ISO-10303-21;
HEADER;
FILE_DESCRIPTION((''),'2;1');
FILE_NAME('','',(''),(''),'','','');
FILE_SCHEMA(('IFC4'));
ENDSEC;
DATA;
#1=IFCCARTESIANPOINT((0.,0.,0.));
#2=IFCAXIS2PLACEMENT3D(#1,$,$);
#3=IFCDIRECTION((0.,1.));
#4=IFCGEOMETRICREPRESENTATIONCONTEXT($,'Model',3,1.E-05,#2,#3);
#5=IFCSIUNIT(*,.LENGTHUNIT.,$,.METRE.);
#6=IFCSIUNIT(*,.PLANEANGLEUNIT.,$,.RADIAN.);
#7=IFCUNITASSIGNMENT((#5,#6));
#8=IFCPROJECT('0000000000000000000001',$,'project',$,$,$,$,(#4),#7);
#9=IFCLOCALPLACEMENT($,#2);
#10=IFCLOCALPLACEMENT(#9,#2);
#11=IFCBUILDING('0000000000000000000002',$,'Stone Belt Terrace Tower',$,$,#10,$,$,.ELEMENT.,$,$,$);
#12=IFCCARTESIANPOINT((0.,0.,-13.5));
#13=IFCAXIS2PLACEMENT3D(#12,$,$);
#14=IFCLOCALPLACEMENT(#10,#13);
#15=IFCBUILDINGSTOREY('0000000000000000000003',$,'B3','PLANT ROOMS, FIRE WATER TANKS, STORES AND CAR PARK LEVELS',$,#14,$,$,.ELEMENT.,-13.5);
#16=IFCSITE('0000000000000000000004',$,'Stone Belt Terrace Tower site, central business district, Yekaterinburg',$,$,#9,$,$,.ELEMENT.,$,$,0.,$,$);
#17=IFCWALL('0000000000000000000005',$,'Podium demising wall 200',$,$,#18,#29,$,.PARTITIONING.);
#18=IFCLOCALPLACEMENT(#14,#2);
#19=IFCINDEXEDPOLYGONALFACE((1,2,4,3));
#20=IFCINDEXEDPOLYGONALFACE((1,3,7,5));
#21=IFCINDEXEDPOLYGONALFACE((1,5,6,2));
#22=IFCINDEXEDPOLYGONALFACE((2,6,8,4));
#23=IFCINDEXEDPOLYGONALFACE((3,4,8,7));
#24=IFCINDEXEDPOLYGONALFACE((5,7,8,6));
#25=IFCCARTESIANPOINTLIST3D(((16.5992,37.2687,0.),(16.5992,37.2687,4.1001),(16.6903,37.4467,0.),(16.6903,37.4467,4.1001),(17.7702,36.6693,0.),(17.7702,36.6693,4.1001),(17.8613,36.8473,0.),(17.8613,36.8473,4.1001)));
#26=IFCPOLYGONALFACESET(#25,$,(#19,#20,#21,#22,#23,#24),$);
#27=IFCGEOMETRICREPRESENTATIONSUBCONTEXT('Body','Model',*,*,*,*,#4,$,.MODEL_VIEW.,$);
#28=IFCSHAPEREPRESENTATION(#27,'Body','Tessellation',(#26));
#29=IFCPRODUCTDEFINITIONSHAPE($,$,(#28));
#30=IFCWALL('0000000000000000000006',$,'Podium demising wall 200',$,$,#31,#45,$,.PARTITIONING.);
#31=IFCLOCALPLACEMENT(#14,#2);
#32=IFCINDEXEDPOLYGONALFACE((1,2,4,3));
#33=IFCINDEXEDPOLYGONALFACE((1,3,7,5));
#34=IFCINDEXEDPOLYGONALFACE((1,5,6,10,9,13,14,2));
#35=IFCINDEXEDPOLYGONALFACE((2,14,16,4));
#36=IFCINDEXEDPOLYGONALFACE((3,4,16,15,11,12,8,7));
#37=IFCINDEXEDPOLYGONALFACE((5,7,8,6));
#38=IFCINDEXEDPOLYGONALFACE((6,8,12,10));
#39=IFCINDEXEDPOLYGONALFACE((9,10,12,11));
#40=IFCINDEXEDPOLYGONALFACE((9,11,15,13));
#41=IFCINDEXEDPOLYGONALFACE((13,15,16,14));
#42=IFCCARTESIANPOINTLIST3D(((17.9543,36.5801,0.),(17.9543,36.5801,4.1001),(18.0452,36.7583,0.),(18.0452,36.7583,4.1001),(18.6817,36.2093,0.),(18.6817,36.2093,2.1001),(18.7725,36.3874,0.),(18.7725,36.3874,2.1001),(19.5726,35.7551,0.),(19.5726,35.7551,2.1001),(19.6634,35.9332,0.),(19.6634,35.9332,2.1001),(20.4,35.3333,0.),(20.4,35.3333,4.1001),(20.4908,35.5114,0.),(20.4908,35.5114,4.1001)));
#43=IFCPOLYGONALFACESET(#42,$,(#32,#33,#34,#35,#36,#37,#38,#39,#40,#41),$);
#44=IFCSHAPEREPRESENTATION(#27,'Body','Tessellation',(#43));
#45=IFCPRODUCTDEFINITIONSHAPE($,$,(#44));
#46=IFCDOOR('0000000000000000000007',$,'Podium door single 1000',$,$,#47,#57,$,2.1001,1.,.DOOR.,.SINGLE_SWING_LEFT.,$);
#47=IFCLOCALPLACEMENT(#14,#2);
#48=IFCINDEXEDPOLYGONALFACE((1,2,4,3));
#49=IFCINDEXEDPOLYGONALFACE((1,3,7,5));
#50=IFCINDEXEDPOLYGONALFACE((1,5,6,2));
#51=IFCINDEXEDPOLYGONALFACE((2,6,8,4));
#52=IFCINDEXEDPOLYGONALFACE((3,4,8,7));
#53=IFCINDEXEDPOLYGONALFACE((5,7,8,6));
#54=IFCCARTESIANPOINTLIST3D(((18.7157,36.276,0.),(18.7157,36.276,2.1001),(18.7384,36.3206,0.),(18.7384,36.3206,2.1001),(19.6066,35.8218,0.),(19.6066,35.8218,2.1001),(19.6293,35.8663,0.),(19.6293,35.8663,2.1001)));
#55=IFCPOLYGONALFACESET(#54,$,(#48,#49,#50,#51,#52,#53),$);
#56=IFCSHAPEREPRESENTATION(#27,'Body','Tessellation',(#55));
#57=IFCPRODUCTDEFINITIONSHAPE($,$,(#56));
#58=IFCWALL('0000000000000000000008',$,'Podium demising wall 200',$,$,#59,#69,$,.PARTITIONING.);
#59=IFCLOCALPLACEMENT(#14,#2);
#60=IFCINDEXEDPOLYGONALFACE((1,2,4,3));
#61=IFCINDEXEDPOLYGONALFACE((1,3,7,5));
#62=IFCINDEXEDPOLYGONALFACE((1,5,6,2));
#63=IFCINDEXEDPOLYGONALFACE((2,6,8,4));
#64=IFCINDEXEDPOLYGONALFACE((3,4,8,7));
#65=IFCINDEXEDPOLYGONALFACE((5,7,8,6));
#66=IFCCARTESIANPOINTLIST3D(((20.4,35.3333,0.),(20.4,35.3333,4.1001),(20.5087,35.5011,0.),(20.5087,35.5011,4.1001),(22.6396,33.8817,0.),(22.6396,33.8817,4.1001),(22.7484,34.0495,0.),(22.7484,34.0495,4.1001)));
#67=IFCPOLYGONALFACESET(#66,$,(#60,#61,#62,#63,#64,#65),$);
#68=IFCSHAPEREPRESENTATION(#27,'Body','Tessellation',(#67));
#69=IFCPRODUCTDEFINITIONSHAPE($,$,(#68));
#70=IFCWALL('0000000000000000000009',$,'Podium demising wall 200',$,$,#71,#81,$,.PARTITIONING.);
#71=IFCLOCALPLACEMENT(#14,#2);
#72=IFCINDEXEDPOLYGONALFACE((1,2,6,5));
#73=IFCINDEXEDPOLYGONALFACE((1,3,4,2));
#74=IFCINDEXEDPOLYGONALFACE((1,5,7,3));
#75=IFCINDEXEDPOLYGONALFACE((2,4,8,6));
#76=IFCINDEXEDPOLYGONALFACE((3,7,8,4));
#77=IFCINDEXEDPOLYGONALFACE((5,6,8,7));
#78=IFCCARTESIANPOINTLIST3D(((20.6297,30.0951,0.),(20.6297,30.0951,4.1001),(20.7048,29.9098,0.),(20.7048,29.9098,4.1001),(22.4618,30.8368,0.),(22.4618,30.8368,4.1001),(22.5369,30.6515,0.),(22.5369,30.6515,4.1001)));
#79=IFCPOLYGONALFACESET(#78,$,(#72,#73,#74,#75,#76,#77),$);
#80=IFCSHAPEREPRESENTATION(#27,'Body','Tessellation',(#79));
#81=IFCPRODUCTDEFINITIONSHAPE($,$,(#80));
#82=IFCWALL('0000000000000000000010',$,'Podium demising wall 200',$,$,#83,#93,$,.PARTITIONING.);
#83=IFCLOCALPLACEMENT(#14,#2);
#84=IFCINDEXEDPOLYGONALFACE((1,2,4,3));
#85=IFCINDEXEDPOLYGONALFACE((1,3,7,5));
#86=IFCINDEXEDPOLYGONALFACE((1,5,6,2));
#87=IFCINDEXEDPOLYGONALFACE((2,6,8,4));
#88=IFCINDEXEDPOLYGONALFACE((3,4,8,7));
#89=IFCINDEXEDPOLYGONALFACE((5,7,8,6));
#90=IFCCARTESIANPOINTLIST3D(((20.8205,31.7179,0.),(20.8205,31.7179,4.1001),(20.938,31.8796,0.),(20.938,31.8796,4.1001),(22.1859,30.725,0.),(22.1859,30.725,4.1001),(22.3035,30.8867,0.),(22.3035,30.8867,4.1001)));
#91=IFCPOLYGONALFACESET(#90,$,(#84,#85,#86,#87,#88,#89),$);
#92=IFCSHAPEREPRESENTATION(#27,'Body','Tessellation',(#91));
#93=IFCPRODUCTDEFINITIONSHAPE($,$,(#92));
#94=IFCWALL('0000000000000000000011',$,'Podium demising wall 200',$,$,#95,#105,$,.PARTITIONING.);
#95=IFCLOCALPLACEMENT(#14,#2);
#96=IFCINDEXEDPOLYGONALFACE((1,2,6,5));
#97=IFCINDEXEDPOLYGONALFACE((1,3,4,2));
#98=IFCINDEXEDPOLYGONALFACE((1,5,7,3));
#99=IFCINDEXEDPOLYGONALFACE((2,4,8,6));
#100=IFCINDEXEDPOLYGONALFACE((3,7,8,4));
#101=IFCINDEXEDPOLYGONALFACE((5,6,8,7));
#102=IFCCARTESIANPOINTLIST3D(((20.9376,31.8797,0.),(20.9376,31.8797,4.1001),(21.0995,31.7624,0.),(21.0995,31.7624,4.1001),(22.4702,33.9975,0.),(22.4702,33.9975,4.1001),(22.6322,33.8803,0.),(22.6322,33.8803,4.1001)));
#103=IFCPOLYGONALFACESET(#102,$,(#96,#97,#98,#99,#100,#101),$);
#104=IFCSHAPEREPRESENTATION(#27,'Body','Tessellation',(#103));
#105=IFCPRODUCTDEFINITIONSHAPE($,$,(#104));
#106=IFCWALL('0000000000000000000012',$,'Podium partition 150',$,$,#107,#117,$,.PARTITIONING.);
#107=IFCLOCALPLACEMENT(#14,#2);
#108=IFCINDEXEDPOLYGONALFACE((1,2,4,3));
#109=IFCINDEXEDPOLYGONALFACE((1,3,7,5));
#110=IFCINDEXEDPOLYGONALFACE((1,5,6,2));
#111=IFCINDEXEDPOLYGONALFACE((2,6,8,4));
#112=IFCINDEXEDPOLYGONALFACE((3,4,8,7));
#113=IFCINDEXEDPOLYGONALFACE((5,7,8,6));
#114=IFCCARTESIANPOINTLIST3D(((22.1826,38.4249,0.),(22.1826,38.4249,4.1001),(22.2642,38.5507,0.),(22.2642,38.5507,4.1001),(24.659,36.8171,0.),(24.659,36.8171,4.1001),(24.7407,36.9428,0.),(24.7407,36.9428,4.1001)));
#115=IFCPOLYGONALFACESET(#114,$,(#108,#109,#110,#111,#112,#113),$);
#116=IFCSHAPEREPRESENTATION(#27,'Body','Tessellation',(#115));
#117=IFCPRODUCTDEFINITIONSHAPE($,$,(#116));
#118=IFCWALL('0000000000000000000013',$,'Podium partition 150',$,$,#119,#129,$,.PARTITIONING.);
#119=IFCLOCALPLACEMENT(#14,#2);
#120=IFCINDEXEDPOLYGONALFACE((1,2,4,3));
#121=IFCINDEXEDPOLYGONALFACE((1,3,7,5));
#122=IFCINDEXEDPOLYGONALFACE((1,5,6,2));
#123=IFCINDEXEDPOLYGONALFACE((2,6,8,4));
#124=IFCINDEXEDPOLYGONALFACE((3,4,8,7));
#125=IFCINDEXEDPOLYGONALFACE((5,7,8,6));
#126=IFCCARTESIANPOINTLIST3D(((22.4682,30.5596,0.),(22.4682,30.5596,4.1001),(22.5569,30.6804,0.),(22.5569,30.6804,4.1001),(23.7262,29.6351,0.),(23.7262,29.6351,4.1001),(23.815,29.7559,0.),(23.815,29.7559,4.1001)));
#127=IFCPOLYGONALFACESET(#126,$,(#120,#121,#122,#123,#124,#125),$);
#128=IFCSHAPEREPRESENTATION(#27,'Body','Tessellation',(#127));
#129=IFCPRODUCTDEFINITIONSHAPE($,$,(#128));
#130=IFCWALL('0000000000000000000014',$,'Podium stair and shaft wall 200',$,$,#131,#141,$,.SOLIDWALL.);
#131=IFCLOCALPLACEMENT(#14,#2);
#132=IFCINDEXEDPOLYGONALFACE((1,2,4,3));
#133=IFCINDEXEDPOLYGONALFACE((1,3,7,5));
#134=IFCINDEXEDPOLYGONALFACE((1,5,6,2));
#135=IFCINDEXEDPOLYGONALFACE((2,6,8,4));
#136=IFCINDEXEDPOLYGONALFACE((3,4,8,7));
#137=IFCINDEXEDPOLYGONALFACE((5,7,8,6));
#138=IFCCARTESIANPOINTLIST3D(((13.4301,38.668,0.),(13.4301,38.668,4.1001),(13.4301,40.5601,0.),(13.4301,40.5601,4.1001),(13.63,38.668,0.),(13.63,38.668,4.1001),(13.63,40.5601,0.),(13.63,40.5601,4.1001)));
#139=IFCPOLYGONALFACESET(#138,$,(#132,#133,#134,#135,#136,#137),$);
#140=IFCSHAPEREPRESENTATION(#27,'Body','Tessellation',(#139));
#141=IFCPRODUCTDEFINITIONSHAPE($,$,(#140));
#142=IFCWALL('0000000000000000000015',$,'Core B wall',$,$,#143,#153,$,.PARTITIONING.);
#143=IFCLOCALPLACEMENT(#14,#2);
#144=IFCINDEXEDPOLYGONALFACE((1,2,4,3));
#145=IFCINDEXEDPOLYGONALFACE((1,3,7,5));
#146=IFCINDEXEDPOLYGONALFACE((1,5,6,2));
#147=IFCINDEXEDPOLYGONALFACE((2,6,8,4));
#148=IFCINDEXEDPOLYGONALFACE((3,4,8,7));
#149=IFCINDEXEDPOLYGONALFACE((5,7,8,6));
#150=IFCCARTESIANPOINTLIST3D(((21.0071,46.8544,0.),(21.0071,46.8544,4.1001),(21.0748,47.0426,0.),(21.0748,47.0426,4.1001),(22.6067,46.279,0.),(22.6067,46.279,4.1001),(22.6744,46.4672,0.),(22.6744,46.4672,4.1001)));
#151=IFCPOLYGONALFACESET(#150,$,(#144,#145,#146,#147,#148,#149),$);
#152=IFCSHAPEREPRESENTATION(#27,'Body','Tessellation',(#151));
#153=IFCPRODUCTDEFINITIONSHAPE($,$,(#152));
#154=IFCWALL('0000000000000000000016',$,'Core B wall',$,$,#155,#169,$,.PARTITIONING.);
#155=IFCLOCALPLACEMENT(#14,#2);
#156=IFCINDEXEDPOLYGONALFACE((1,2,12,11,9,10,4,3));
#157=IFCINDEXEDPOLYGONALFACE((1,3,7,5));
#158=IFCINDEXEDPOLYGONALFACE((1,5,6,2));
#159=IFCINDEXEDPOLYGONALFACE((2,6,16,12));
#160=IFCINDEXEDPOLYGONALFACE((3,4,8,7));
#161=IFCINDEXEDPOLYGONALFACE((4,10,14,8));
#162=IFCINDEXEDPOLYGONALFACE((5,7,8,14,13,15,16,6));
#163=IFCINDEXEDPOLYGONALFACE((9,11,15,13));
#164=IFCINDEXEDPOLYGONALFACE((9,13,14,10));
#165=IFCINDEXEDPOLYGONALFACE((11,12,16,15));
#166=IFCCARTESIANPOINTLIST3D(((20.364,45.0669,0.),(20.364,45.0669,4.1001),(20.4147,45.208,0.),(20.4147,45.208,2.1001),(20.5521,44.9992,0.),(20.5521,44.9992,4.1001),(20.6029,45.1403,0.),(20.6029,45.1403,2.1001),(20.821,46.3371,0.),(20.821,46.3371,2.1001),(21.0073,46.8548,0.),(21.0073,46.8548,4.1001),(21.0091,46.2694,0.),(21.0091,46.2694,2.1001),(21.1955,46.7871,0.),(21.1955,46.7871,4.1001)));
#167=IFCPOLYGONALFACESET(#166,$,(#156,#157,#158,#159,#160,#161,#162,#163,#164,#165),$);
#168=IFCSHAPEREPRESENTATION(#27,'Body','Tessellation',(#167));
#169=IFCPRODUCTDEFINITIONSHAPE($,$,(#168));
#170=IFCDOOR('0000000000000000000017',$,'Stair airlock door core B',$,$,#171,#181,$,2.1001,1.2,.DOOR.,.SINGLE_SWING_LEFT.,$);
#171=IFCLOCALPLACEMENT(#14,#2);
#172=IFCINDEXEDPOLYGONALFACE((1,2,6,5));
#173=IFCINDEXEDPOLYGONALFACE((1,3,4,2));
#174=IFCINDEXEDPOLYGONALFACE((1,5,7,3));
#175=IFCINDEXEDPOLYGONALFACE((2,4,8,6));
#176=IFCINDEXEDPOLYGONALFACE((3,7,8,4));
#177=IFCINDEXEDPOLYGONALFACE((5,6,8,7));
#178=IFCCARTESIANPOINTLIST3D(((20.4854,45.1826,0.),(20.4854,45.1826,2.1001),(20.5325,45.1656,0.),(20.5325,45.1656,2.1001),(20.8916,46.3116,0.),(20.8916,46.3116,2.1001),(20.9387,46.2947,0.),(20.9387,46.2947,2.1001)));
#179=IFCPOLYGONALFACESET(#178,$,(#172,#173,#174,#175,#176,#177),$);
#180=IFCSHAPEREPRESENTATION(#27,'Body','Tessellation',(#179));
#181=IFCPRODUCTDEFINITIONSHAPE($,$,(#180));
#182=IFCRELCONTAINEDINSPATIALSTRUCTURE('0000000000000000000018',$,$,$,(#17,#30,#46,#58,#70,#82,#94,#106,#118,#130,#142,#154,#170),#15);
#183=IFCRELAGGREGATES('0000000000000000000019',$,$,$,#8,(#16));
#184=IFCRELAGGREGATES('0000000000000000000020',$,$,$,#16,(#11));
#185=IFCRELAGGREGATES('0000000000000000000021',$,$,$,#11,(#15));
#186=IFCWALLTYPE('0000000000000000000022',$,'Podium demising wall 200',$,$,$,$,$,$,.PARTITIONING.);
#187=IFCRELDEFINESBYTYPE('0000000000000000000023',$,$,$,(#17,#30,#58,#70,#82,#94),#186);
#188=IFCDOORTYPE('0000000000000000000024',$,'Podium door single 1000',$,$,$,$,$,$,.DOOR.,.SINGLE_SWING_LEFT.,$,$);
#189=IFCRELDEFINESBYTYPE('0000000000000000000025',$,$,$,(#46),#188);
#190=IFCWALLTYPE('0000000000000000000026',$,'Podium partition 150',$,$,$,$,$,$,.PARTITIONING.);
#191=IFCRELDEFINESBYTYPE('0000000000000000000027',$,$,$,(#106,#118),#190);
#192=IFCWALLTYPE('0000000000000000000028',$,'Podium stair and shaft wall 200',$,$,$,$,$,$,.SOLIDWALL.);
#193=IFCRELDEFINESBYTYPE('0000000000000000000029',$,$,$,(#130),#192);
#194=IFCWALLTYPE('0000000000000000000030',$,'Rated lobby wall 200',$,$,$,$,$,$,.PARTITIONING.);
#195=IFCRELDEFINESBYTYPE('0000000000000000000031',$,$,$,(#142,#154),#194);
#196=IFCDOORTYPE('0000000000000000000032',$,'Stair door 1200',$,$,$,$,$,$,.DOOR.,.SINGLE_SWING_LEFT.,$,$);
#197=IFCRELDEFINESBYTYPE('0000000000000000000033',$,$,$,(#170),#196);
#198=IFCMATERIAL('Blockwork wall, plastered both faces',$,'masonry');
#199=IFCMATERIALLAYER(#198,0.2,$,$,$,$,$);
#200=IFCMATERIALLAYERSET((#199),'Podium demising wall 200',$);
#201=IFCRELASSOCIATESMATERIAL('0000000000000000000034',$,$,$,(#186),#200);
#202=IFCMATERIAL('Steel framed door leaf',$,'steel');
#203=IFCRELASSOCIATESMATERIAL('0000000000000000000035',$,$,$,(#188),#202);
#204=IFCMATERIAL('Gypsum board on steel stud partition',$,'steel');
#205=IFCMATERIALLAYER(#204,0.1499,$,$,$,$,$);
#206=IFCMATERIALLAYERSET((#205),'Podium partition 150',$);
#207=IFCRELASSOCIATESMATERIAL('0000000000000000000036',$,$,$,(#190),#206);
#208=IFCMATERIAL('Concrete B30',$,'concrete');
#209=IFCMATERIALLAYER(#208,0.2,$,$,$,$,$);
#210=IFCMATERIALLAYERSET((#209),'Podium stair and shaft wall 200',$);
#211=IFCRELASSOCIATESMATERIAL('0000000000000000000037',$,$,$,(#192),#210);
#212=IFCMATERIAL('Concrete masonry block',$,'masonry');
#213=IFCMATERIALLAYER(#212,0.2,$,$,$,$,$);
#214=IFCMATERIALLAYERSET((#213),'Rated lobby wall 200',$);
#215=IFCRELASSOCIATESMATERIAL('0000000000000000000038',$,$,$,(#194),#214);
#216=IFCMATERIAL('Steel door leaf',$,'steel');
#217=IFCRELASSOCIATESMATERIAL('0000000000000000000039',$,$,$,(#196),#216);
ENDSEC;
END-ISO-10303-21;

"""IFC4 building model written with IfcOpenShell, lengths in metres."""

from ifc_helpers import new_model, si_unit, direction, frame, frame_2d, origin, place, context, subcontext, project, spatial, rectangle, extrude, material, layer, layer_set, type_object, element, fill, save


model = new_model("IFC4")

# Units and contexts
model_context = context("Model", 3, precision=1e-05, world=origin(), true_north=direction((0.0, 1.0)))
body_context = subcontext(model_context, "Body", "Model", "MODEL_VIEW")
ifc_project = project(units=[si_unit("LENGTHUNIT", "METRE"), si_unit("PLANEANGLEUNIT", "RADIAN")], contexts=[model_context])

# Site, building, storey
site_placement = place(None, origin())
site = spatial("IfcSite", under=ifc_project, at=site_placement, Name="Stone Belt Terrace Tower site, central business district, Yekaterinburg", CompositionType="ELEMENT", RefElevation=0.0)
building_placement = place(site_placement, origin())
building = spatial("IfcBuilding", under=site, at=building_placement, Name="Stone Belt Terrace Tower", CompositionType="ELEMENT")
storey_placement = place(building_placement, frame((0.0, 0.0, -13.5)))
storey = spatial("IfcBuildingStorey", under=building, at=storey_placement, Name="B3", Description="PLANT ROOMS, FIRE WATER TANKS, STORES AND CAR PARK LEVELS", CompositionType="ELEMENT", Elevation=-13.5)

# Wall
ifc_material_1 = material(Name="Blockwork wall, plastered both faces", Category="masonry")
ifc_layer_1 = layer(ifc_material_1, 0.2)
ifc_layer_set_1 = layer_set([ifc_layer_1], Name="Podium demising wall 200")
wall_type_1 = type_object("IfcWallType", Name="Podium demising wall 200", PredefinedType="PARTITIONING", material=ifc_layer_set_1)
wall_1_placement = place(storey_placement, frame((16.6448, 37.3577, 0.0), z_axis=(0.0, 0.0, 1.0), x_axis=(0.890155, -0.455657, 0.0)))
element("IfcWall", 1, at=wall_1_placement, inside=storey, type_object=wall_type_1, Name="Podium demising wall 200", PredefinedType="PARTITIONING", context=body_context, shape_type="SweptSolid", body=[
    extrude(rectangle(XDim=1.3154, YDim=0.2, at=frame_2d((0.6577, 0.0))), origin(), (0.0, 0.0, 1.0), 4.1001),
])

# Wall, opening, door
wall_2_placement = place(storey_placement, frame((17.9998, 36.6692, 0.0), z_axis=(0.0, 0.0, 1.0), x_axis=(0.890896, -0.454208, 0.0)))
wall_2 = element("IfcWall", 2, at=wall_2_placement, inside=storey, type_object=wall_type_1, Name="Podium demising wall 200", PredefinedType="PARTITIONING", context=body_context, shape_type="SweptSolid", body=[
    extrude(rectangle(XDim=2.7451, YDim=0.2, at=frame_2d((1.3726, 0.0))), origin(), (0.0, 0.0, 1.0), 4.1001),
])
opening_1_placement = place(wall_2_placement, frame((0.8164, 0.0, 0.0)))
opening_1 = element("IfcOpeningElement", 3, at=opening_1_placement, cuts=wall_2, PredefinedType="OPENING", context=body_context, shape_type="SweptSolid", body=[
    extrude(rectangle(XDim=1.0, YDim=2.1001, at=frame_2d((0.5, 1.05))), frame((0.0, 0.1099, 0.0), z_axis=(0.0, -1.0, 0.0), x_axis=(1.0, 0.0, 0.0)), (0.0, 0.0, 1.0), 0.22),
])
ifc_material_2 = material(Name="Steel framed door leaf", Category="steel")
door_type_1 = type_object("IfcDoorType", Name="Podium door single 1000", OperationType="SINGLE_SWING_LEFT", PredefinedType="DOOR", material=ifc_material_2)
door_1_placement = place(opening_1_placement, origin())
door_1 = element("IfcDoor", 4, at=door_1_placement, inside=storey, type_object=door_type_1, Name="Podium door single 1000", OperationType="SINGLE_SWING_LEFT", OverallHeight=2.1001, OverallWidth=1.0, PredefinedType="DOOR", context=body_context, shape_type="SweptSolid", body=[
    extrude(rectangle(XDim=1.0, YDim=2.1001, at=frame_2d((0.5, 1.05))), frame((0.0, 0.0249, 0.0), z_axis=(0.0, -1.0, 0.0), x_axis=(1.0, 0.0, 0.0)), (0.0, 0.0, 1.0), 0.05),
])
fill(opening_1, door_1)

# Walls
wall_3_placement = place(storey_placement, frame((20.4543, 35.4172, 0.0), z_axis=(0.0, 0.0, 1.0), x_axis=(0.839158, -0.543888, 0.0)))
element("IfcWall", 5, at=wall_3_placement, inside=storey, type_object=wall_type_1, Name="Podium demising wall 200", PredefinedType="PARTITIONING", context=body_context, shape_type="SweptSolid", body=[
    extrude(rectangle(XDim=2.6689, YDim=0.2, at=frame_2d((1.3345, 0.0))), origin(), (0.0, 0.0, 1.0), 4.1001),
])
wall_4_placement = place(storey_placement, frame((20.6672, 30.0024, 0.0), z_axis=(0.0, 0.0, 1.0), x_axis=(0.926918, 0.375264, 0.0)))
element("IfcWall", 6, at=wall_4_placement, inside=storey, type_object=wall_type_1, Name="Podium demising wall 200", PredefinedType="PARTITIONING", context=body_context, shape_type="SweptSolid", body=[
    extrude(rectangle(XDim=1.9766, YDim=0.2, at=frame_2d((0.9883, 0.0))), origin(), (0.0, 0.0, 1.0), 4.1001),
])
wall_5_placement = place(storey_placement, frame((20.8792, 31.7988, 0.0), z_axis=(0.0, 0.0, 1.0), x_axis=(0.80878, -0.588112, 0.0)))
element("IfcWall", 7, at=wall_5_placement, inside=storey, type_object=wall_type_1, Name="Podium demising wall 200", PredefinedType="PARTITIONING", context=body_context, shape_type="SweptSolid", body=[
    extrude(rectangle(XDim=1.6882, YDim=0.2, at=frame_2d((0.8442, 0.0))), origin(), (0.0, 0.0, 1.0), 4.1001),
])
wall_6_placement = place(storey_placement, frame((21.0186, 31.821, 0.0), z_axis=(0.0, 0.0, 1.0), x_axis=(0.586271, 0.810115, 0.0)))
element("IfcWall", 8, at=wall_6_placement, inside=storey, type_object=wall_type_1, Name="Podium demising wall 200", PredefinedType="PARTITIONING", context=body_context, shape_type="SweptSolid", body=[
    extrude(rectangle(XDim=2.6143, YDim=0.2, at=frame_2d((1.3071, 0.0))), origin(), (0.0, 0.0, 1.0), 4.1001),
])
ifc_material_3 = material(Name="Gypsum board on steel stud partition", Category="steel")
ifc_layer_2 = layer(ifc_material_3, 0.1499)
ifc_layer_set_2 = layer_set([ifc_layer_2], Name="Podium partition 150")
wall_type_2 = type_object("IfcWallType", Name="Podium partition 150", PredefinedType="PARTITIONING", material=ifc_layer_set_2)
wall_7_placement = place(storey_placement, frame((22.2234, 38.4878, 0.0), z_axis=(0.0, 0.0, 1.0), x_axis=(0.838731, -0.544547, 0.0)))
element("IfcWall", 9, at=wall_7_placement, inside=storey, type_object=wall_type_2, Name="Podium partition 150", PredefinedType="PARTITIONING", context=body_context, shape_type="SweptSolid", body=[
    extrude(rectangle(XDim=2.9526, YDim=0.1499, at=frame_2d((1.4763, 0.0))), origin(), (0.0, 0.0, 1.0), 4.1001),
])
wall_8_placement = place(storey_placement, frame((22.5125, 30.6201, 0.0), z_axis=(0.0, 0.0, 1.0), x_axis=(0.805798, -0.59219, 0.0)))
element("IfcWall", 10, at=wall_8_placement, inside=storey, type_object=wall_type_2, Name="Podium partition 150", PredefinedType="PARTITIONING", context=body_context, shape_type="SweptSolid", body=[
    extrude(rectangle(XDim=1.5613, YDim=0.1499, at=frame_2d((0.7808, 0.0))), origin(), (0.0, 0.0, 1.0), 4.1001),
])
ifc_material_4 = material(Name="Concrete B30", Category="concrete")
ifc_layer_3 = layer(ifc_material_4, 0.2)
ifc_layer_set_3 = layer_set([ifc_layer_3], Name="Podium stair and shaft wall 200")
wall_type_3 = type_object("IfcWallType", Name="Podium stair and shaft wall 200", PredefinedType="SOLIDWALL", material=ifc_layer_set_3)
wall_9_placement = place(storey_placement, frame((13.53, 38.668, 0.0), z_axis=(0.0, 0.0, 1.0), x_axis=(0.0, 1.0, 0.0)))
element("IfcWall", 11, at=wall_9_placement, inside=storey, type_object=wall_type_3, Name="Podium stair and shaft wall 200", PredefinedType="SOLIDWALL", context=body_context, shape_type="SweptSolid", body=[
    extrude(rectangle(XDim=1.8921, YDim=0.2, at=frame_2d((0.946, 0.0))), origin(), (0.0, 0.0, 1.0), 4.1001),
])
ifc_material_5 = material(Name="Concrete masonry block", Category="masonry")
ifc_layer_4 = layer(ifc_material_5, 0.2)
ifc_layer_set_4 = layer_set([ifc_layer_4], Name="Rated lobby wall 200")
wall_type_4 = type_object("IfcWallType", Name="Rated lobby wall 200", PredefinedType="PARTITIONING", material=ifc_layer_set_4)
wall_10_placement = place(storey_placement, frame((22.6406, 46.373, 0.0), z_axis=(0.0, 0.0, 1.0), x_axis=(-0.940966, 0.338501, 0.0)))
element("IfcWall", 12, at=wall_10_placement, inside=storey, type_object=wall_type_4, Name="Core B wall", PredefinedType="PARTITIONING", context=body_context, shape_type="SweptSolid", body=[
    extrude(rectangle(XDim=1.7, YDim=0.2, at=frame_2d((0.8501, 0.0))), origin(), (0.0, 0.0, 1.0), 4.1001),
])

# Wall, opening, door
wall_11_placement = place(storey_placement, frame((20.458, 45.033, 0.0), z_axis=(0.0, 0.0, 1.0), x_axis=(0.338574, 0.94094, 0.0)))
wall_11 = element("IfcWall", 13, at=wall_11_placement, inside=storey, type_object=wall_type_4, Name="Core B wall", PredefinedType="PARTITIONING", context=body_context, shape_type="SweptSolid", body=[
    extrude(rectangle(XDim=1.9001, YDim=0.2, at=frame_2d((0.9502, 0.0))), origin(), (0.0, 0.0, 1.0), 4.1001),
])
opening_2_placement = place(wall_11_placement, frame((0.1499, 0.0, 0.0)))
opening_2 = element("IfcOpeningElement", 14, at=opening_2_placement, cuts=wall_11, PredefinedType="OPENING", context=body_context, shape_type="SweptSolid", body=[
    extrude(rectangle(XDim=1.2, YDim=2.1001, at=frame_2d((0.6001, 1.05))), frame((0.0, 0.1099, 0.0), z_axis=(0.0, -1.0, 0.0), x_axis=(1.0, 0.0, 0.0)), (0.0, 0.0, 1.0), 0.22),
])
ifc_material_6 = material(Name="Steel door leaf", Category="steel")
door_type_2 = type_object("IfcDoorType", Name="Stair door 1200", OperationType="SINGLE_SWING_LEFT", PredefinedType="DOOR", material=ifc_material_6)
door_2_placement = place(opening_2_placement, origin())
door_2 = element("IfcDoor", 15, at=door_2_placement, inside=storey, type_object=door_type_2, Name="Stair airlock door core B", OperationType="SINGLE_SWING_LEFT", OverallHeight=2.1001, OverallWidth=1.2, PredefinedType="DOOR", context=body_context, shape_type="SweptSolid", body=[
    extrude(rectangle(XDim=1.2, YDim=2.1001, at=frame_2d((0.6001, 1.05))), frame((0.0, 0.0249, 0.0), z_axis=(0.0, -1.0, 0.0), x_axis=(1.0, 0.0, 0.0)), (0.0, 0.0, 1.0), 0.05),
])
fill(opening_2, door_2)

save(model, "model.ifc")
